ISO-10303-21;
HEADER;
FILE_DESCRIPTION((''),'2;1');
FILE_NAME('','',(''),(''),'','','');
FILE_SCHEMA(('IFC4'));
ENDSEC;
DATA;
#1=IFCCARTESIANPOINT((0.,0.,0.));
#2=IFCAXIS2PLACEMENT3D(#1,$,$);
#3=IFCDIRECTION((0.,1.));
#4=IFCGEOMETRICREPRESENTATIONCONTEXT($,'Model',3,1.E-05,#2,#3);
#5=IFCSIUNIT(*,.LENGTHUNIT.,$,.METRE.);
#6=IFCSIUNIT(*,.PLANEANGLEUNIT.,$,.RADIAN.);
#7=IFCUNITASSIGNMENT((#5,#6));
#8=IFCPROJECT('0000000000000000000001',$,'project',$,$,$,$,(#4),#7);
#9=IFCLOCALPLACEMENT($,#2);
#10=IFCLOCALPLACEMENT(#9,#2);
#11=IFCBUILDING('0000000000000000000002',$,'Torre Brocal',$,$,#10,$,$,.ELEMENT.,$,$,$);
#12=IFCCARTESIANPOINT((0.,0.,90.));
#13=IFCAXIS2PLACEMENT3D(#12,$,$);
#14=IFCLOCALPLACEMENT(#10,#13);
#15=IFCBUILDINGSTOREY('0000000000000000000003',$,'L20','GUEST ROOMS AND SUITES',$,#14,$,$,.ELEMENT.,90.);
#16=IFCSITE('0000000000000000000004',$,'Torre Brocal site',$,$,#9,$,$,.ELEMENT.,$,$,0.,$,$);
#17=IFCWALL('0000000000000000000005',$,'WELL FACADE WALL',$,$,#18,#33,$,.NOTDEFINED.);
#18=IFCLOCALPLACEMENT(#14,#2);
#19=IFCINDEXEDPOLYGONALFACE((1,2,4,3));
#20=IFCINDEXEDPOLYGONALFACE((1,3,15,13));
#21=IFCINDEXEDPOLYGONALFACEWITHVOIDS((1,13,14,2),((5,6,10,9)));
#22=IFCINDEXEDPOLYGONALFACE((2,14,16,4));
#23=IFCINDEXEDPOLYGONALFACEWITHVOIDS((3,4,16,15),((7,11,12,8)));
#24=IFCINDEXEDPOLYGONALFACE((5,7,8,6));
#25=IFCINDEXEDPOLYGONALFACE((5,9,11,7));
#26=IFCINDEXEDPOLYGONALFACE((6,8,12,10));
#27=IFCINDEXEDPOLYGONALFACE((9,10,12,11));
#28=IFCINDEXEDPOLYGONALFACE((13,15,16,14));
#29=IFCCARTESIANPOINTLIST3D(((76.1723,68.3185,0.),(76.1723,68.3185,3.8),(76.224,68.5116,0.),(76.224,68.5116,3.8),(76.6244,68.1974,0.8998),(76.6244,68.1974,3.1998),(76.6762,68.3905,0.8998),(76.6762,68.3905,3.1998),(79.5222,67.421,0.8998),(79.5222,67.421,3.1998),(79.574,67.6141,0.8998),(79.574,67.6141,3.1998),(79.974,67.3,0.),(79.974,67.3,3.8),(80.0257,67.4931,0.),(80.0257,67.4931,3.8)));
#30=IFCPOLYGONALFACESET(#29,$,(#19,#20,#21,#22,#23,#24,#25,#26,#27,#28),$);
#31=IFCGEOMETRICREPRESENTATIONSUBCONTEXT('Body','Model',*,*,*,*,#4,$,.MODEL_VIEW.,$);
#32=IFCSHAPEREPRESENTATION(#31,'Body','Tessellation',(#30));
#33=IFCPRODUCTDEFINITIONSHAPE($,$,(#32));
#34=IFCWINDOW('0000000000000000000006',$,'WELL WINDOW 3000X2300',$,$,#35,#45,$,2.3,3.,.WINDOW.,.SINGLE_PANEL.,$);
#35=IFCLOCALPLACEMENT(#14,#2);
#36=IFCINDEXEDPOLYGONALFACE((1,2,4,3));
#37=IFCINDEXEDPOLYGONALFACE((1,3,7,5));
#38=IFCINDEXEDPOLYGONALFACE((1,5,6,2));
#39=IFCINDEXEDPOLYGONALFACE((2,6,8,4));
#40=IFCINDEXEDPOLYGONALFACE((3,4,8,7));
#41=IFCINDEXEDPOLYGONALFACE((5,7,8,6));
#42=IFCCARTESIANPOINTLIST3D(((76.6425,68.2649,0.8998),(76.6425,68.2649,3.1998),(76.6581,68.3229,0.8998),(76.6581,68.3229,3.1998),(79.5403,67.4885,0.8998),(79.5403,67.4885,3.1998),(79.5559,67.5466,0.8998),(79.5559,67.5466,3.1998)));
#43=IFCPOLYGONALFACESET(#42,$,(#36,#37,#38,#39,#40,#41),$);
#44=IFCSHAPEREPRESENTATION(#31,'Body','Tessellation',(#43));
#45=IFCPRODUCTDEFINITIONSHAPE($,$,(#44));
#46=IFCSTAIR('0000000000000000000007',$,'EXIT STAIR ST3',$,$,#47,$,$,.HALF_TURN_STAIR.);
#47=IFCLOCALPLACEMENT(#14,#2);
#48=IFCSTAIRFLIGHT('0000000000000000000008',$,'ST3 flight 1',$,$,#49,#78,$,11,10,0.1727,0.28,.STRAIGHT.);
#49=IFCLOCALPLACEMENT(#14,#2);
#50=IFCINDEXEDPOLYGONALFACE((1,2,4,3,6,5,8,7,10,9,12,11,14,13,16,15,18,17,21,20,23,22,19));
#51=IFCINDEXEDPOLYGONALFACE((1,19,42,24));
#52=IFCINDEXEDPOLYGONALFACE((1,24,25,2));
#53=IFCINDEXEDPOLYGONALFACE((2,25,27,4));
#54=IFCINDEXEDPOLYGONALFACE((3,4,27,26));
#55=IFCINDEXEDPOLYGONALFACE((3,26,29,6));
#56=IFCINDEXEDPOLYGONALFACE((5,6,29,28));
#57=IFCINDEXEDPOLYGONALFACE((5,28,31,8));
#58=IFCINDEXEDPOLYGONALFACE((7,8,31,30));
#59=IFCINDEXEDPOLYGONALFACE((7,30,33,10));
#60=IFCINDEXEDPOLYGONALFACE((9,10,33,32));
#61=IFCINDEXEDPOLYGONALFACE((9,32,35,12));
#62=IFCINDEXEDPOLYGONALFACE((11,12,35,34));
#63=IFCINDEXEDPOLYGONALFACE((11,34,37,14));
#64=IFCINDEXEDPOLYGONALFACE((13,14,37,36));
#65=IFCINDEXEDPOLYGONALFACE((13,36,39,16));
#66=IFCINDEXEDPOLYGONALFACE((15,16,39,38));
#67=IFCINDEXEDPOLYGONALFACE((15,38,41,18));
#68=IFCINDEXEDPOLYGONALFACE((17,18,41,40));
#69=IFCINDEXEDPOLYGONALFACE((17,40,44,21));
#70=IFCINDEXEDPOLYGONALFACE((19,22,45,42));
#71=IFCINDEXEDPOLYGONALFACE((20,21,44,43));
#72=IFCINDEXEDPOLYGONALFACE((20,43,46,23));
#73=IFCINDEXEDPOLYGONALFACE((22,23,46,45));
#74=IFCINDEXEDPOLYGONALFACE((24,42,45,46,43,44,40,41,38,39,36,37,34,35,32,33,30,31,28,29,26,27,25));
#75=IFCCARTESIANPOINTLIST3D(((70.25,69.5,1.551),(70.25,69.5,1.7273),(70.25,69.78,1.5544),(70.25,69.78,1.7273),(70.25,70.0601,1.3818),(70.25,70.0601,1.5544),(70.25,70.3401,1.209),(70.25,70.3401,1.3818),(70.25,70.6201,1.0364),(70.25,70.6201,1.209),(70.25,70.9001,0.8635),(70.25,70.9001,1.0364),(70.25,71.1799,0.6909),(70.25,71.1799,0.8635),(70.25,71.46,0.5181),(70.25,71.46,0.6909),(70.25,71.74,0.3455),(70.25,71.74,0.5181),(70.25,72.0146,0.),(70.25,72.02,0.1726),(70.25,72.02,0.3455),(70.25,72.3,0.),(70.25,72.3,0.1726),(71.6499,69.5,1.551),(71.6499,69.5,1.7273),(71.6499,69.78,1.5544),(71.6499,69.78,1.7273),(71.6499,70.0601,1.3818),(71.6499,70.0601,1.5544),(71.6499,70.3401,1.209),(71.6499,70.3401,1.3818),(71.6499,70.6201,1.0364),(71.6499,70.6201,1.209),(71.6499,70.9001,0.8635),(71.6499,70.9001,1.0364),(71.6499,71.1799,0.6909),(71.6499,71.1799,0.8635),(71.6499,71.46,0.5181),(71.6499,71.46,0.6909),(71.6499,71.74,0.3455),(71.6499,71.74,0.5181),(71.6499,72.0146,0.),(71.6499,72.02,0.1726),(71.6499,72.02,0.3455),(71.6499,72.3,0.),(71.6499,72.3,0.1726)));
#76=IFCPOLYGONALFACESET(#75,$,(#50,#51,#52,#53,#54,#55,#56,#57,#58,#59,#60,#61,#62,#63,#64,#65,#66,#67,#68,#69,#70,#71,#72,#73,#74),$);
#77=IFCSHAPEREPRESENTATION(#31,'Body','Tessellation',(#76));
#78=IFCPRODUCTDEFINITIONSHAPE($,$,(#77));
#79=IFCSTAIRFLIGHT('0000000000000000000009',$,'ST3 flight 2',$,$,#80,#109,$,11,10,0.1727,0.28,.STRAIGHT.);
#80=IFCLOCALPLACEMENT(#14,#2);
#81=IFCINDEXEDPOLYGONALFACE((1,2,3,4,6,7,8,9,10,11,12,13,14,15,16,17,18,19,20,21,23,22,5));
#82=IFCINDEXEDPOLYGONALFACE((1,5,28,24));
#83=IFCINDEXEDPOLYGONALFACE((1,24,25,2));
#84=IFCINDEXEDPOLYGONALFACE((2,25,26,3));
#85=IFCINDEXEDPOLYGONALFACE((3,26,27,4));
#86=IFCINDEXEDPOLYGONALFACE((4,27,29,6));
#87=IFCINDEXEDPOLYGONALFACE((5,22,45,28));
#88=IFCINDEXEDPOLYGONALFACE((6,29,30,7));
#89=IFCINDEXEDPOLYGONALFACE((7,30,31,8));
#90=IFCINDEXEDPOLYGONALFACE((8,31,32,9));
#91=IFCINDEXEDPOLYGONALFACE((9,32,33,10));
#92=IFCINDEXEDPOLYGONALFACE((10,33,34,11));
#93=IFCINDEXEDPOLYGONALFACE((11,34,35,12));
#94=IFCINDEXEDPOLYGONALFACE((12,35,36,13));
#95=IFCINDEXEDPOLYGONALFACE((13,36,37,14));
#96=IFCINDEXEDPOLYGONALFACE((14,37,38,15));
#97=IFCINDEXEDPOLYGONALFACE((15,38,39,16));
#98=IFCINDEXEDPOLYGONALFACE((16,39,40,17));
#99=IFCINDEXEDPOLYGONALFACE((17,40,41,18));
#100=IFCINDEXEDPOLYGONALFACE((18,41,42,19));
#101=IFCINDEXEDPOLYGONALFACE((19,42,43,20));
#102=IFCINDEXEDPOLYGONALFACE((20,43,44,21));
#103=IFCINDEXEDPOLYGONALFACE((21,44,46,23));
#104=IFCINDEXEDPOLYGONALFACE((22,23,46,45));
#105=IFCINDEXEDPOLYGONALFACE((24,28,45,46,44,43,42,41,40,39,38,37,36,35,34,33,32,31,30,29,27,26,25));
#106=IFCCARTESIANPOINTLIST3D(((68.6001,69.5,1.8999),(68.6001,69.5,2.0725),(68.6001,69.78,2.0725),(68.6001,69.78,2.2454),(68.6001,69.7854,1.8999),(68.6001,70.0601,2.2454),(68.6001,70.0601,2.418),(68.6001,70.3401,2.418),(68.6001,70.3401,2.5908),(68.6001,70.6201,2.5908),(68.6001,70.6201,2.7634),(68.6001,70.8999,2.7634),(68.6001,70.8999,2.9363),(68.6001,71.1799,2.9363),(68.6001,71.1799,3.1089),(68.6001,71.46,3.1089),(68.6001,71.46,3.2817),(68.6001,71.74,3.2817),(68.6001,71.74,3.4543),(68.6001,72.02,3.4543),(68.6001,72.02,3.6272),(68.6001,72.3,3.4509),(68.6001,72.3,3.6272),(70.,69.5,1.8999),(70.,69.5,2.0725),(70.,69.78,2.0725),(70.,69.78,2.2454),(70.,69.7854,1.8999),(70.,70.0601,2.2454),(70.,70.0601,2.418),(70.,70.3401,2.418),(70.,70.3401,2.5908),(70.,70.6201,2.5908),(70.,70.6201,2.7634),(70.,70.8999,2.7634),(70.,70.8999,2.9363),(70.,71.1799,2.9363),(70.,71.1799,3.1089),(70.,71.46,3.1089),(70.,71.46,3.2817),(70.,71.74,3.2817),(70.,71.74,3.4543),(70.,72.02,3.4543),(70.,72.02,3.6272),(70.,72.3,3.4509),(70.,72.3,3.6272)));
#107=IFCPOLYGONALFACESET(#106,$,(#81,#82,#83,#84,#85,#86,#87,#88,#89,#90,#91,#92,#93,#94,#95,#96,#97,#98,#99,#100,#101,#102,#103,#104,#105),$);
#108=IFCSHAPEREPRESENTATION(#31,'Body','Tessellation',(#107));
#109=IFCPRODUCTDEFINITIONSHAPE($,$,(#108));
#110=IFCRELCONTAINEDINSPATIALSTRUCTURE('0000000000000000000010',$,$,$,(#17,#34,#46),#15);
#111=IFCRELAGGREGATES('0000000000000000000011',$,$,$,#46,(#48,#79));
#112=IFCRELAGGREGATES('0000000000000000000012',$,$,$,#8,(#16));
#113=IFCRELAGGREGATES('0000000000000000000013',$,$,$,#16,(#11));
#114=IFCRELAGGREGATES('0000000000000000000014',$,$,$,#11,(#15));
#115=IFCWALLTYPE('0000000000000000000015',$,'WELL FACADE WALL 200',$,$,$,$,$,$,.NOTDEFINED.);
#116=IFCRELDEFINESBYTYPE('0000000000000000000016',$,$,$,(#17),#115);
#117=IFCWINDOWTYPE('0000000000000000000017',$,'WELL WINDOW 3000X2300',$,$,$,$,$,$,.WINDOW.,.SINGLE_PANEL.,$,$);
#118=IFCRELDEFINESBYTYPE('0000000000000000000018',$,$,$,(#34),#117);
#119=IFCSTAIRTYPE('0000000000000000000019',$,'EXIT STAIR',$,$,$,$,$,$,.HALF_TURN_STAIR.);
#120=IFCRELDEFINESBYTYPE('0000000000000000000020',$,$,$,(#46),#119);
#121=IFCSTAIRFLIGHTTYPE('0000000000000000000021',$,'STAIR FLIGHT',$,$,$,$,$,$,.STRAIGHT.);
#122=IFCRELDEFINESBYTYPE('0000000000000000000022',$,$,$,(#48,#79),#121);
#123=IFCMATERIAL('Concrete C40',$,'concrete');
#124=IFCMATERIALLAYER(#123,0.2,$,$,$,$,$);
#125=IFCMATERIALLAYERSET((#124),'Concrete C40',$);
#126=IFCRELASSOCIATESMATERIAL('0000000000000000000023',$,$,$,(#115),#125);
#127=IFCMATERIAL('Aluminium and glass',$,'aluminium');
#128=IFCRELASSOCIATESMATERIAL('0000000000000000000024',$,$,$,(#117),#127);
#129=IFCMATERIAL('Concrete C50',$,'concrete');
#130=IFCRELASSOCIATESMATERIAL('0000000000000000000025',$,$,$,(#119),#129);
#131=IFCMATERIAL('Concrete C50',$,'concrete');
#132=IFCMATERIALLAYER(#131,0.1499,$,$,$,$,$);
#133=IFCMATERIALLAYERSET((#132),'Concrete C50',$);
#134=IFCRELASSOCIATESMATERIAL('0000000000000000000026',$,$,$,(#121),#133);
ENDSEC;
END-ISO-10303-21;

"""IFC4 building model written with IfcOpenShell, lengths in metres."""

from ifc_helpers import new_model, si_unit, direction, frame, frame_2d, origin, place, context, subcontext, project, spatial, polyline, rectangle, outline, extrude, material, layer, layer_set, type_object, element, fill, aggregate, save


model = new_model("IFC4")

# Units and contexts
model_context = context("Model", 3, precision=1e-05, world=origin(), true_north=direction((0.0, 1.0)))
body_context = subcontext(model_context, "Body", "Model", "MODEL_VIEW")
ifc_project = project(units=[si_unit("LENGTHUNIT", "METRE"), si_unit("PLANEANGLEUNIT", "RADIAN")], contexts=[model_context])

# Site, building, storey
site_placement = place(None, origin())
site = spatial("IfcSite", under=ifc_project, at=site_placement, Name="Torre Brocal site", CompositionType="ELEMENT", RefElevation=0.0)
building_placement = place(site_placement, origin())
building = spatial("IfcBuilding", under=site, at=building_placement, Name="Torre Brocal", CompositionType="ELEMENT")
storey_placement = place(building_placement, frame((0.0, 0.0, 90.0)))
storey = spatial("IfcBuildingStorey", under=building, at=storey_placement, Name="L20", Description="GUEST ROOMS AND SUITES", CompositionType="ELEMENT", Elevation=90.0)

# Wall, opening, window
ifc_material_1 = material(Name="Concrete C40", Category="concrete")
ifc_layer_1 = layer(ifc_material_1, 0.2)
ifc_layer_set_1 = layer_set([ifc_layer_1], Name="Concrete C40")
wall_type_1 = type_object("IfcWallType", Name="WELL FACADE WALL 200", PredefinedType="NOTDEFINED", material=ifc_layer_set_1)
ifc_material_2 = material(Name="Aluminium and glass", Category="aluminium")
window_type = type_object("IfcWindowType", Name="WELL WINDOW 3000X2300", PartitioningType="SINGLE_PANEL", PredefinedType="WINDOW", material=ifc_material_2)
wall_1_placement = place(storey_placement, frame((76.1982, 68.415, 0.0), z_axis=(0.0, 0.0, 1.0), x_axis=(0.965934, -0.25879, 0.0)))
wall_1 = element("IfcWall", 1, at=wall_1_placement, inside=storey, type_object=wall_type_1, Name="WELL FACADE WALL", PredefinedType="NOTDEFINED", context=body_context, shape_type="SweptSolid", body=[
    extrude(rectangle(XDim=3.9358, YDim=0.2, at=frame_2d((1.9678, 0.0))), origin(), (0.0, 0.0, 1.0), 3.8),
])
opening_1_placement = place(wall_1_placement, frame((0.468, 0.0, 0.8999)))
opening_1 = element("IfcOpeningElement", 2, at=opening_1_placement, cuts=wall_1, PredefinedType="OPENING", context=body_context, shape_type="SweptSolid", body=[
    extrude(rectangle(XDim=3.0, YDim=2.3, at=frame_2d((1.5, 1.1499))), frame((0.0, 0.1099, 0.0), z_axis=(0.0, -1.0, 0.0), x_axis=(1.0, 0.0, 0.0)), (0.0, 0.0, 1.0), 0.22),
])
window_1_placement = place(opening_1_placement, origin())
window_1 = element("IfcWindow", 3, at=window_1_placement, inside=storey, type_object=window_type, Name="WELL WINDOW 3000X2300", OverallHeight=2.3, OverallWidth=3.0, PartitioningType="SINGLE_PANEL", PredefinedType="WINDOW", context=body_context, shape_type="SweptSolid", body=[
    extrude(rectangle(XDim=3.0, YDim=2.3, at=frame_2d((1.5, 1.1499))), frame((0.0, 0.03, 0.0), z_axis=(0.0, -1.0, 0.0), x_axis=(1.0, 0.0, 0.0)), (0.0, 0.0, 1.0), 0.0601),
])
fill(opening_1, window_1)

# Stair, stair flights
ifc_material_3 = material(Name="Concrete C50", Category="concrete")
stair_type = type_object("IfcStairType", Name="EXIT STAIR", PredefinedType="HALF_TURN_STAIR", material=ifc_material_3)
stair_placement = place(storey_placement, origin())
stair = element("IfcStair", 4, at=stair_placement, inside=storey, type_object=stair_type, Name="EXIT STAIR ST3", PredefinedType="HALF_TURN_STAIR")
ifc_material_4 = material(Name="Concrete C50", Category="concrete")
ifc_layer_2 = layer(ifc_material_4, 0.1499)
ifc_layer_set_2 = layer_set([ifc_layer_2], Name="Concrete C50")
stair_flight_type = type_object("IfcStairFlightType", Name="STAIR FLIGHT", PredefinedType="STRAIGHT", material=ifc_layer_set_2)
stair_flight_1_placement = place(storey_placement, frame((70.95, 72.3, 0.0), z_axis=(0.0, 0.0, 1.0), x_axis=(0.0, -1.0, 0.0)))
stair_flight_1 = element("IfcStairFlight", 5, at=stair_flight_1_placement, type_object=stair_flight_type, Name="ST3 flight 1", NumberOfRisers=11, NumberOfTreads=10, PredefinedType="STRAIGHT", RiserHeight=0.1727, TreadLength=0.28, context=body_context, shape_type="SweptSolid", body=[
    extrude(outline(polyline([(0.0, 0.0), (0.0, 0.1726), (0.28, 0.1726), (0.28, 0.3455), (0.5601, 0.3455), (0.5601, 0.5181), (0.8401, 0.5181), (0.8401, 0.6909), (1.1201, 0.6909), (1.1201, 0.8635), (1.3999, 0.8635), (1.3999, 1.0364), (1.6799, 1.0364), (1.6799, 1.209), (1.96, 1.209), (1.96, 1.3818), (2.24, 1.3818), (2.24, 1.5544), (2.52, 1.5544), (2.52, 1.7273), (2.8, 1.7273), (2.8, 1.8999), (2.8, 1.551), (0.2854, 0.0), (0.0, 0.0)])), frame((0.0, 0.7, 0.0), z_axis=(0.0, -1.0, 0.0), x_axis=(1.0, 0.0, 0.0)), (0.0, 0.0, 1.0), 1.3999),
])
stair_flight_2_placement = place(storey_placement, frame((69.3, 69.5, 1.8999), z_axis=(0.0, 0.0, 1.0), x_axis=(0.0, 1.0, 0.0)))
stair_flight_2 = element("IfcStairFlight", 6, at=stair_flight_2_placement, type_object=stair_flight_type, Name="ST3 flight 2", NumberOfRisers=11, NumberOfTreads=10, PredefinedType="STRAIGHT", RiserHeight=0.1727, TreadLength=0.28, context=body_context, shape_type="SweptSolid", body=[
    extrude(outline(polyline([(0.0, 0.0), (0.0, 0.1726), (0.28, 0.1726), (0.28, 0.3455), (0.5601, 0.3455), (0.5601, 0.5181), (0.8401, 0.5181), (0.8401, 0.6909), (1.1201, 0.6909), (1.1201, 0.8635), (1.3999, 0.8635), (1.3999, 1.0364), (1.6799, 1.0364), (1.6799, 1.209), (1.96, 1.209), (1.96, 1.3818), (2.24, 1.3818), (2.24, 1.5544), (2.52, 1.5544), (2.52, 1.7273), (2.8, 1.7273), (2.8, 1.8999), (2.8, 1.551), (0.2854, 0.0), (0.0, 0.0)])), frame((0.0, 0.7, 0.0), z_axis=(0.0, -1.0, 0.0), x_axis=(1.0, 0.0, 0.0)), (0.0, 0.0, 1.0), 1.3999),
])
aggregate(stair, [stair_flight_1, stair_flight_2])

save(model, "model.ifc")
